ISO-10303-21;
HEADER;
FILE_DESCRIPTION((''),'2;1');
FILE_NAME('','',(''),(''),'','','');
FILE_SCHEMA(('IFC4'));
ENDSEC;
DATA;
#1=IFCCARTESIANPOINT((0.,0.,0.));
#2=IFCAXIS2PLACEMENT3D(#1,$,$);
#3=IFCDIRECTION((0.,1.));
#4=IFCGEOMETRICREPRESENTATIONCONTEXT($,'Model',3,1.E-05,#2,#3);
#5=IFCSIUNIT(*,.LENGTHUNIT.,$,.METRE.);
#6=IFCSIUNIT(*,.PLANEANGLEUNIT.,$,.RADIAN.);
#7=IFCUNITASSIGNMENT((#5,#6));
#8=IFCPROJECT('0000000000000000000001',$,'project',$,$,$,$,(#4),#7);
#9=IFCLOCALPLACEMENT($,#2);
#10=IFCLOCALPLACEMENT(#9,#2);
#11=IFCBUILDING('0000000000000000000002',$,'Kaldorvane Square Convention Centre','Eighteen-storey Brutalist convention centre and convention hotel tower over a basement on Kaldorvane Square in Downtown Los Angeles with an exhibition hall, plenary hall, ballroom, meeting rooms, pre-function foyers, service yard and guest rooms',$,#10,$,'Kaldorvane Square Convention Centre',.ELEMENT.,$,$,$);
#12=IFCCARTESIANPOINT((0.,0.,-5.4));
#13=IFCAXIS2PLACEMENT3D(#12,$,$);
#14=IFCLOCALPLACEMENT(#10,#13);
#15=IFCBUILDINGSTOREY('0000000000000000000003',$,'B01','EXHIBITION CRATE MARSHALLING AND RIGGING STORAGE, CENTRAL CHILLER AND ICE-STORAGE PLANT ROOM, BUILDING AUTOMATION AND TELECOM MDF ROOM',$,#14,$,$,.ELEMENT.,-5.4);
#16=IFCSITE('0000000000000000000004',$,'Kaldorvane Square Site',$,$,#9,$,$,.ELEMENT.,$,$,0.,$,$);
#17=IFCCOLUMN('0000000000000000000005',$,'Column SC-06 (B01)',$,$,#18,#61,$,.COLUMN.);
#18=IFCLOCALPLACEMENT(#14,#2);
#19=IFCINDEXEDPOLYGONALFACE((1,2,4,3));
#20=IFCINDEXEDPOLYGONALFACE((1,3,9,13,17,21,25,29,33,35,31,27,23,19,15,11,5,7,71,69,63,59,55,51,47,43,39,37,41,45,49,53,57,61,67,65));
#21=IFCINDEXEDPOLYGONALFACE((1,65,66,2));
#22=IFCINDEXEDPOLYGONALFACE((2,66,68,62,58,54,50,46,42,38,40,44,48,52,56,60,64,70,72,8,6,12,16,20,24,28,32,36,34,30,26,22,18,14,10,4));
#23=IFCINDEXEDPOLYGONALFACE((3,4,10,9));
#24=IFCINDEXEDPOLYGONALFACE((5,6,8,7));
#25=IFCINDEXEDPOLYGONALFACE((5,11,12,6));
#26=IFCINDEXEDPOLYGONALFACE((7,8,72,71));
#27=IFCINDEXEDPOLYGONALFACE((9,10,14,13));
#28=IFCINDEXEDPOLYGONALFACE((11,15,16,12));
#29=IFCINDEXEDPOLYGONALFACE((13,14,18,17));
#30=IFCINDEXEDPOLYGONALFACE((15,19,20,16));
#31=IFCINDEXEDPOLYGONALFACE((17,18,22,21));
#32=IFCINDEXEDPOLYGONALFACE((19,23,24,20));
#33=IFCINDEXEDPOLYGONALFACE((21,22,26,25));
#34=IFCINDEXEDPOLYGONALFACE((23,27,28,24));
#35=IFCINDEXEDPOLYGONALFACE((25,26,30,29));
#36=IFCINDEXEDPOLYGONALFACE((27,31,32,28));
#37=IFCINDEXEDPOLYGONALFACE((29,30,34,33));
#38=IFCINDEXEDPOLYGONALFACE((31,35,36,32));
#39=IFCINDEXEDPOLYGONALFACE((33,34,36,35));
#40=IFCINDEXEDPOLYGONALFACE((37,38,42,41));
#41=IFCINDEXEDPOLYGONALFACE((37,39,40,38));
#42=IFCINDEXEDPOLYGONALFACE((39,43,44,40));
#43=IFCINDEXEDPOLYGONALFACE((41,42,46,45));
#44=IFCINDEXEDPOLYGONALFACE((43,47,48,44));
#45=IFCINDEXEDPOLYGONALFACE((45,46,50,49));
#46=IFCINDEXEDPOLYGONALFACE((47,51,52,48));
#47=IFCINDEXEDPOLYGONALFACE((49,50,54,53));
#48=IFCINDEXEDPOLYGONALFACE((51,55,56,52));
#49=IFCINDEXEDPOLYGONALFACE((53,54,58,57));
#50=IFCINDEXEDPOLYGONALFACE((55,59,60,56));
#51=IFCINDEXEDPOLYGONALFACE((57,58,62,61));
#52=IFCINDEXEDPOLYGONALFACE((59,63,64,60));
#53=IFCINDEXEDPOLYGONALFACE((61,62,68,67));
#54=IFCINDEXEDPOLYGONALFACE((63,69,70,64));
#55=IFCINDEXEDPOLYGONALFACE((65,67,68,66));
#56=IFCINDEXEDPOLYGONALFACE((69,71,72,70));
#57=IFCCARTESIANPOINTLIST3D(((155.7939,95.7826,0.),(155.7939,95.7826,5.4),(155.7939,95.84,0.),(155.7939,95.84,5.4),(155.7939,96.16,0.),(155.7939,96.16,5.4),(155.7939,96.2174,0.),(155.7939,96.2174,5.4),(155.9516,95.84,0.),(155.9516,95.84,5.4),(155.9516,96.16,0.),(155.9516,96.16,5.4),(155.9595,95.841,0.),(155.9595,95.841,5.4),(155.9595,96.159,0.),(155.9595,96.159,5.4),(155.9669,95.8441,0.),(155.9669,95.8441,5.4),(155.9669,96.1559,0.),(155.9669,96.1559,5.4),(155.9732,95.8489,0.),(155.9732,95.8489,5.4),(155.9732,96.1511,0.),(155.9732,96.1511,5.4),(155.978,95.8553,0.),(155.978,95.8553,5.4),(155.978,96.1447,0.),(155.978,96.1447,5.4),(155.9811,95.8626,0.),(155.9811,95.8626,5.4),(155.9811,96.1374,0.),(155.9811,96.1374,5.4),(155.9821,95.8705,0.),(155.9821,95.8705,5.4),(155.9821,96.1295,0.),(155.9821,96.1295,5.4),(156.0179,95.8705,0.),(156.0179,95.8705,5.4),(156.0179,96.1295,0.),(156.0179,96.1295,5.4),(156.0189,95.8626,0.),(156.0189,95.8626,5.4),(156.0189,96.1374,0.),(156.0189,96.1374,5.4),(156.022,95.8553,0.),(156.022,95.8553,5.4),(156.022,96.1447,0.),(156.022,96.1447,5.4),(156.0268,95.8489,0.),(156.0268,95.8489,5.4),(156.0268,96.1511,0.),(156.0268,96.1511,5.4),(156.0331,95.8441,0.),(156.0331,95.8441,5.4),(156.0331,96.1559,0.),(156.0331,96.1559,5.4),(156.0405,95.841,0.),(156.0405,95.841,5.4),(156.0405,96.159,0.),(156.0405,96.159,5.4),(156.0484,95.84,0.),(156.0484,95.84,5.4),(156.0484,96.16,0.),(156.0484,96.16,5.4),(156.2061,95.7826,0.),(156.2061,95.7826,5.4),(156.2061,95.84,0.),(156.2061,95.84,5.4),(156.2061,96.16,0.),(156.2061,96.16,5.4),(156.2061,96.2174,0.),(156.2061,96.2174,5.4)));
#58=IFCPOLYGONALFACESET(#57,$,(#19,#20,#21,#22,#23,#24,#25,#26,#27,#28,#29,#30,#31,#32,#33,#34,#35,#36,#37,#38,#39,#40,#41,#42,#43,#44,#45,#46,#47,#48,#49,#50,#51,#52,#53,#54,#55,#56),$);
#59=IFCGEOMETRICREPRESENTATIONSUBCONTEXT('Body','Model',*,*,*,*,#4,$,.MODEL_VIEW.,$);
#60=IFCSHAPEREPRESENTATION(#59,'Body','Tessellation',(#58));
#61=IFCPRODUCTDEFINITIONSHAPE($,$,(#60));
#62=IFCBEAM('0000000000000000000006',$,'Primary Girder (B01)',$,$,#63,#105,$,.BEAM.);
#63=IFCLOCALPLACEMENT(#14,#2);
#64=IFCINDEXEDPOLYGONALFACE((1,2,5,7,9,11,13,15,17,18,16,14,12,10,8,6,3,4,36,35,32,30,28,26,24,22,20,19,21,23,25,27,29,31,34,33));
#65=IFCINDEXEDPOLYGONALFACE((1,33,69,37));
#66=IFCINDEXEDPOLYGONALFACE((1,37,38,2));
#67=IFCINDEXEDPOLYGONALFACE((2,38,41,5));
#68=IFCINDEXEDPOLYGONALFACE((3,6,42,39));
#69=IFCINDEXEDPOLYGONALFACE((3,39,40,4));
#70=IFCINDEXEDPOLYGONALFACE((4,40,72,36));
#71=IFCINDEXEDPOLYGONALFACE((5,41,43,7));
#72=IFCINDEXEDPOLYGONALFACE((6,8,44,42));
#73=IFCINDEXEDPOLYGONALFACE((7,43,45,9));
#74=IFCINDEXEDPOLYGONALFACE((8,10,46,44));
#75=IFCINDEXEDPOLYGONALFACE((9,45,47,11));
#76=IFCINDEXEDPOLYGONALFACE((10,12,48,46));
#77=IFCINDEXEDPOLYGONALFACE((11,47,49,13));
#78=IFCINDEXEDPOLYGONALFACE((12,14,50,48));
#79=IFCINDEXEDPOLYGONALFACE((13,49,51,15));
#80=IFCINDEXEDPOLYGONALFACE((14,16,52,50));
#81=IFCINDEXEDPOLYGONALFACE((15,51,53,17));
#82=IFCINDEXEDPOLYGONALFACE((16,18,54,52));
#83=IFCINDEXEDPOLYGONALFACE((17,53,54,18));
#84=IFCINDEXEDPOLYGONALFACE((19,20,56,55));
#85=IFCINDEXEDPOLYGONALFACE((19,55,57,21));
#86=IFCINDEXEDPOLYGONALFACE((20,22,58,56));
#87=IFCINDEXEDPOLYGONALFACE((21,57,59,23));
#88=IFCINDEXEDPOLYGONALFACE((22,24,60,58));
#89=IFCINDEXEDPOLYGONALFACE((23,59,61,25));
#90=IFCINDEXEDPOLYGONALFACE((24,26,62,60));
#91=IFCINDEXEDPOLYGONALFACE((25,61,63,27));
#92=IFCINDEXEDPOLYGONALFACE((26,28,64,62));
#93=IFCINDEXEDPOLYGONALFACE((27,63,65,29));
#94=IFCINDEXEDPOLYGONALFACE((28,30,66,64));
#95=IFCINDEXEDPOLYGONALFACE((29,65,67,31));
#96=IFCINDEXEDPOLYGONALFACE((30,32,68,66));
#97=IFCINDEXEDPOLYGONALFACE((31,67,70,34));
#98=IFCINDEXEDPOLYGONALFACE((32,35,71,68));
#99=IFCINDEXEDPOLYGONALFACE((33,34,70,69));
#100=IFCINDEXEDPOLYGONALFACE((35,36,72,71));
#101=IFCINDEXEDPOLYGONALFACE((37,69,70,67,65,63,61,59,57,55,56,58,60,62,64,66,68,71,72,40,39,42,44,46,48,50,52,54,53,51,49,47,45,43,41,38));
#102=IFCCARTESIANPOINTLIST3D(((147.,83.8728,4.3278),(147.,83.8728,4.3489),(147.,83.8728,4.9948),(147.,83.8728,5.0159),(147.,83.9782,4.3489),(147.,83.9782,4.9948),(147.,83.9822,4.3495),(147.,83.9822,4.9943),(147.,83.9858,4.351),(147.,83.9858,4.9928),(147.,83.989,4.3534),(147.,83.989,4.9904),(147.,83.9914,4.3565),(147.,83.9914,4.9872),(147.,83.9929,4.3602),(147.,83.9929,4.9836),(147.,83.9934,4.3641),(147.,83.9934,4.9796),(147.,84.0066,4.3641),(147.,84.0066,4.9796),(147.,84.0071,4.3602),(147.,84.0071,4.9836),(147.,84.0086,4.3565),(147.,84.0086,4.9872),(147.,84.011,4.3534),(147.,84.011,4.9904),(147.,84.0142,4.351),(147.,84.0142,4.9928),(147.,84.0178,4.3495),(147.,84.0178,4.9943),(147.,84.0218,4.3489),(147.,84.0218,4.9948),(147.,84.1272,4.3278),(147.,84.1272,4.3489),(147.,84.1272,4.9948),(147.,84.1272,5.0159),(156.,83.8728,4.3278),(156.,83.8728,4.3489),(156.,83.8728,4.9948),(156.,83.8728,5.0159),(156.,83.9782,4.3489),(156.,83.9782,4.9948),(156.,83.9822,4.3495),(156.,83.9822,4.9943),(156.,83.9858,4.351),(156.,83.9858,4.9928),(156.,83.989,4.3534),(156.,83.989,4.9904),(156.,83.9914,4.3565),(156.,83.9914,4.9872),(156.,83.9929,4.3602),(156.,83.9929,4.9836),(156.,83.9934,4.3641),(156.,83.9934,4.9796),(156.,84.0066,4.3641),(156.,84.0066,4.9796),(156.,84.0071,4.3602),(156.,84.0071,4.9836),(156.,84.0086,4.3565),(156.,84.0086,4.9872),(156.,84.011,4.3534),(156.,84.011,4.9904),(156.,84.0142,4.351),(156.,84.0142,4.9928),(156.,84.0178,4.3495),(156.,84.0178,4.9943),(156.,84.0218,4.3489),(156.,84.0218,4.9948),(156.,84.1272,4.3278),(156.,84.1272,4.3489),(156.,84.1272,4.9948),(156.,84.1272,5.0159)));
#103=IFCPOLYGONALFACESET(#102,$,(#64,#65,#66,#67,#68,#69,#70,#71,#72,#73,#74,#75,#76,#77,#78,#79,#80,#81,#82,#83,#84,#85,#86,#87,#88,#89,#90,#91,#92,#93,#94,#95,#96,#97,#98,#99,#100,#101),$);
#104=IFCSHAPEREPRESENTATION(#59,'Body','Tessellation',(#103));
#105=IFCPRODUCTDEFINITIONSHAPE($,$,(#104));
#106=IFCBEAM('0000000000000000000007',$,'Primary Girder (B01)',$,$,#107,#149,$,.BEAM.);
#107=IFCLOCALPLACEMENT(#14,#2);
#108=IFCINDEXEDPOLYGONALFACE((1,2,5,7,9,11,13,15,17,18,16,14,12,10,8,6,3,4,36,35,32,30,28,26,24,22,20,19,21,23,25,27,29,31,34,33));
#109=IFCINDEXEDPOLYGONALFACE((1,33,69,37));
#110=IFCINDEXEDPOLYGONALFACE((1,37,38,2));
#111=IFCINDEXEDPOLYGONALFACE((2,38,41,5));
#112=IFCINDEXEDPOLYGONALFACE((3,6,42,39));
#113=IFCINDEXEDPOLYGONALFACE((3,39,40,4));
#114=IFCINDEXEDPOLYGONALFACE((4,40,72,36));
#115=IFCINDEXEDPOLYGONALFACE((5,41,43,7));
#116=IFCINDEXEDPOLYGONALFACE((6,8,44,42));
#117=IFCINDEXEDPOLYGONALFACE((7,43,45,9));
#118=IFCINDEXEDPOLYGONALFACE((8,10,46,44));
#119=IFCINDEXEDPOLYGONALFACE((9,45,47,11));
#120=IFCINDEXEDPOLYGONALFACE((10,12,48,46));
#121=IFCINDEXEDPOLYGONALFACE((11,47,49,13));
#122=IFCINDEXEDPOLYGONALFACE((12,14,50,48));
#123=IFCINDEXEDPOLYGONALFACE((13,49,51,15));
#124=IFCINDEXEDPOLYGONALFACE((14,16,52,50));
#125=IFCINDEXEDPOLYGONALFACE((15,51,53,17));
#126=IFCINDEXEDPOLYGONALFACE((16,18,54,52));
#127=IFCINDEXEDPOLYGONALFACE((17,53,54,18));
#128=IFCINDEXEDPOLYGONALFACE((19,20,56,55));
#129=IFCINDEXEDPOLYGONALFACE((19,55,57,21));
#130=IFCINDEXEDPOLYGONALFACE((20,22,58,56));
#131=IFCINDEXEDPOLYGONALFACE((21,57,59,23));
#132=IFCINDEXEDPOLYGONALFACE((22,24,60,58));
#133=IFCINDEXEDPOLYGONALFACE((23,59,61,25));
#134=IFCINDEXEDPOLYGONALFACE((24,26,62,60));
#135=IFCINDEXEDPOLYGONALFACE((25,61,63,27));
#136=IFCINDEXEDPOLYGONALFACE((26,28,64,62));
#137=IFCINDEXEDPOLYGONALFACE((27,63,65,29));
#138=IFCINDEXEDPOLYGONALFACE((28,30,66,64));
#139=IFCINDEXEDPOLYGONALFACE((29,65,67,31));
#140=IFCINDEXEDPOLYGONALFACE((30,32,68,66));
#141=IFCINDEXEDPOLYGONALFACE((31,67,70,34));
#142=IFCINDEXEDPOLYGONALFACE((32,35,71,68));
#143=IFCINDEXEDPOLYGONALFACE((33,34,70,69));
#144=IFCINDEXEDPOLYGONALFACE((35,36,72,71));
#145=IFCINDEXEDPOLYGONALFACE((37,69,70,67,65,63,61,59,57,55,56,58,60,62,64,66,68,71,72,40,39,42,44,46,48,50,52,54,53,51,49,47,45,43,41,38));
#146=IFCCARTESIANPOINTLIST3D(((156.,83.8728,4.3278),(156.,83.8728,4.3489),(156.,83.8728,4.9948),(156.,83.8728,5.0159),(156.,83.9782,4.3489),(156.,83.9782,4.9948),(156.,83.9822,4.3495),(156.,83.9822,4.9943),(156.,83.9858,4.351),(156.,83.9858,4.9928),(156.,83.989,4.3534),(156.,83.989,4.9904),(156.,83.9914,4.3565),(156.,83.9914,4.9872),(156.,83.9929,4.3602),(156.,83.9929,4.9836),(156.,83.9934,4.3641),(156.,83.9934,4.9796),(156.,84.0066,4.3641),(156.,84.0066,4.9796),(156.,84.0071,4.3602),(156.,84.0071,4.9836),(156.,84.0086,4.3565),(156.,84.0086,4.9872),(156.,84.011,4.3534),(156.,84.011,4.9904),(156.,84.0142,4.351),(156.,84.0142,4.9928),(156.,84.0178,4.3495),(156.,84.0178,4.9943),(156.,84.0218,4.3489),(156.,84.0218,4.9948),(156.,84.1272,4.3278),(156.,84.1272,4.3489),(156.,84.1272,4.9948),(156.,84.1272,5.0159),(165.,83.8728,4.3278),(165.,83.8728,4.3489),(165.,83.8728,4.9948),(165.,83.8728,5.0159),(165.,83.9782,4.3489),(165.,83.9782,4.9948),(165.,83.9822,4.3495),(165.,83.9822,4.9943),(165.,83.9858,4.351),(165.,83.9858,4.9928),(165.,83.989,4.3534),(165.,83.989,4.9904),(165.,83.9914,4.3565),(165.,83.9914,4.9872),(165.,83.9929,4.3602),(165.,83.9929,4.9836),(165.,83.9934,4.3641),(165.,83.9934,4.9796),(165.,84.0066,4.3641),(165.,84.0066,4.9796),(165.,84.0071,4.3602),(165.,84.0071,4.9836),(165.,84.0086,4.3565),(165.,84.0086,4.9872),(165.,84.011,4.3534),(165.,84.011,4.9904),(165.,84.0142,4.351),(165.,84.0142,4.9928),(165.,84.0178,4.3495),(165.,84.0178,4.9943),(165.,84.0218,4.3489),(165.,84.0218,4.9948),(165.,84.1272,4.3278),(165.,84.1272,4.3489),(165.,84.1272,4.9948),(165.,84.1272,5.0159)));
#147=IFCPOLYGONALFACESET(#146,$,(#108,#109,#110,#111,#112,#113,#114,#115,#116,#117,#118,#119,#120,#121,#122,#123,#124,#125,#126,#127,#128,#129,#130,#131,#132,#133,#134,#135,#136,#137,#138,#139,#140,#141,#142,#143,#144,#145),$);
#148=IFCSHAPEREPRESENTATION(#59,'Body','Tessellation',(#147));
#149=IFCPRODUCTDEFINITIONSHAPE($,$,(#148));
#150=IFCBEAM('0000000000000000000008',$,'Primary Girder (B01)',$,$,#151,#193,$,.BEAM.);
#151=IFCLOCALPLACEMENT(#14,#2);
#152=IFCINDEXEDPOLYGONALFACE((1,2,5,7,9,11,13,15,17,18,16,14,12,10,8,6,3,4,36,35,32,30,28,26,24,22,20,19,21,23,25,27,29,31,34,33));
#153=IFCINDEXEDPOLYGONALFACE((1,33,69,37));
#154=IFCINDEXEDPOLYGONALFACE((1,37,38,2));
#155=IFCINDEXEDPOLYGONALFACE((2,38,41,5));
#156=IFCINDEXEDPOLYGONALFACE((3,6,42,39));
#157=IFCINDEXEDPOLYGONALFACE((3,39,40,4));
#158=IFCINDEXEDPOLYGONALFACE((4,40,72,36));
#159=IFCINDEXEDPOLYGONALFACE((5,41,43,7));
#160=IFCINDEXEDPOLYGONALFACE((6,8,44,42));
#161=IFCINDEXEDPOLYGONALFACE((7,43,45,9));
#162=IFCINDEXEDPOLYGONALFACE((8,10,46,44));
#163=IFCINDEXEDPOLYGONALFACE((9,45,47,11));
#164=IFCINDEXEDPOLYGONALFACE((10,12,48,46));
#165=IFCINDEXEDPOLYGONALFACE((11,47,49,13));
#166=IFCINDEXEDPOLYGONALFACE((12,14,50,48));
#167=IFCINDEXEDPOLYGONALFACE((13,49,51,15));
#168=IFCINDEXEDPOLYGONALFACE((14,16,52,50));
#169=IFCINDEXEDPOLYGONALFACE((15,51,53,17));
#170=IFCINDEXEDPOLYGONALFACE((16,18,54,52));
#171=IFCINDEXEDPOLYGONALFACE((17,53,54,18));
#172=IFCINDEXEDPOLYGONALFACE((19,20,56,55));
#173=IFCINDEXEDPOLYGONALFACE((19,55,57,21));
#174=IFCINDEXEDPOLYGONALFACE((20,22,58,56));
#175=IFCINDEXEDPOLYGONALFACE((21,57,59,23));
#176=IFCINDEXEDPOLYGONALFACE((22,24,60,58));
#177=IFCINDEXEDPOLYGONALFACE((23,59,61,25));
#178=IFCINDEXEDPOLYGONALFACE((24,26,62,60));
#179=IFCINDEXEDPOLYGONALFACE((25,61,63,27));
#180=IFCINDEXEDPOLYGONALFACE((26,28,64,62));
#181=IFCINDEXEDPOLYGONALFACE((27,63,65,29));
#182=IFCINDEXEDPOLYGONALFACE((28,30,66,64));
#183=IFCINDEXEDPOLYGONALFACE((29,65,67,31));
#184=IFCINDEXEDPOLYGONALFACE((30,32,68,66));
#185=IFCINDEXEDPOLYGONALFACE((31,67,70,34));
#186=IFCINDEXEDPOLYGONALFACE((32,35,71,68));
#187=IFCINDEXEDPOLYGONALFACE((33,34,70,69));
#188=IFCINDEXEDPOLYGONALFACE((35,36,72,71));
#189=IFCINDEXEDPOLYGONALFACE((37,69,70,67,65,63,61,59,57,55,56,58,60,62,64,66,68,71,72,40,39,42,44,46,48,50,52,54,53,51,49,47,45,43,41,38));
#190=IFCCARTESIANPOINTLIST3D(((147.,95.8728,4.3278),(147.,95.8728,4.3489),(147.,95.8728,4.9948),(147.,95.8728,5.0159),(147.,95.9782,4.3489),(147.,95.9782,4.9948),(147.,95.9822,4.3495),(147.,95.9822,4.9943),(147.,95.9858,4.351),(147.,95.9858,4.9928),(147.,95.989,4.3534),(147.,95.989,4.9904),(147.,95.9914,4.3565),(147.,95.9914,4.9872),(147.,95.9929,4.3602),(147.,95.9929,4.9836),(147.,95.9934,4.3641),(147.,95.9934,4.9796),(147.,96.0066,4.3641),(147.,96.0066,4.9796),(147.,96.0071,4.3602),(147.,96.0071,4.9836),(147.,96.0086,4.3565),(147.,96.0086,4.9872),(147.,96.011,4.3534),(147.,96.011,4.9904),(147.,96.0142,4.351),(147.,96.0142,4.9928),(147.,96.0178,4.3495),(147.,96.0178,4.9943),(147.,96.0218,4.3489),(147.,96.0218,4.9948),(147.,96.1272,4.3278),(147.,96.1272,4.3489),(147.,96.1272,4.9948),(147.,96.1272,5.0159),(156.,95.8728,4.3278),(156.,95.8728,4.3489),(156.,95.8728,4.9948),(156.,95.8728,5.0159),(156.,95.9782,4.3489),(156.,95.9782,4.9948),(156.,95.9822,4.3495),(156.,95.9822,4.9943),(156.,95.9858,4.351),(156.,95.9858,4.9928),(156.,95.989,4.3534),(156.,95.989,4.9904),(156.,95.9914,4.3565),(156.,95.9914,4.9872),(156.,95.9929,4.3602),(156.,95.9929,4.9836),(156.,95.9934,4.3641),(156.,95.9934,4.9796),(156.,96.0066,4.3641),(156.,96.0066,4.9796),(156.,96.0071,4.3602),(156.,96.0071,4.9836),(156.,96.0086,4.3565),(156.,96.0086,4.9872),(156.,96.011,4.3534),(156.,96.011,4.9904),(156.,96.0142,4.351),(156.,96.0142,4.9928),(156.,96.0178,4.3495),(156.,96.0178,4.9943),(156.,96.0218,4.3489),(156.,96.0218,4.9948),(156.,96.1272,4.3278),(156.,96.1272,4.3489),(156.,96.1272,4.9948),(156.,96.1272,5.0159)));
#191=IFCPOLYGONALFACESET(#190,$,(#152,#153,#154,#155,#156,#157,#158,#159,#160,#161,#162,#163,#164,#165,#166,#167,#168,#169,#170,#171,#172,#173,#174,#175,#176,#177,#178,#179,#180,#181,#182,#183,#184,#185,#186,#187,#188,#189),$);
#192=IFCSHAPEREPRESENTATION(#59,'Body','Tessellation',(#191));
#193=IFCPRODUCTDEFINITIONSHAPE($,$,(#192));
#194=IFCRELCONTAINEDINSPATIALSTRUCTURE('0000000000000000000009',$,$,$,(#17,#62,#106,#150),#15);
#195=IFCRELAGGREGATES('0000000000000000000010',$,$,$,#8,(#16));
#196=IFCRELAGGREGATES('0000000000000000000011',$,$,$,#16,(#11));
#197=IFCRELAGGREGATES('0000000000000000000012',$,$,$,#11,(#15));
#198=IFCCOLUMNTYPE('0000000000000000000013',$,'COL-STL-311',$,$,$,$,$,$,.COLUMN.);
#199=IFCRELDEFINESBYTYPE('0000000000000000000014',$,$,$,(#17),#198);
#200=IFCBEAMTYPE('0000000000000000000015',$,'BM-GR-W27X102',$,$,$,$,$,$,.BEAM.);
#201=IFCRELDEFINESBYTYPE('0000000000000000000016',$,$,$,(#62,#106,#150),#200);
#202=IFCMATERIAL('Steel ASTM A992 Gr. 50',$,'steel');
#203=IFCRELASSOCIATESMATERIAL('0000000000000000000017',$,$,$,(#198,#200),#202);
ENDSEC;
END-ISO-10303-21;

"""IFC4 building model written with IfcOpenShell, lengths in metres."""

from ifc_helpers import new_model, si_unit, direction, frame, origin, origin_2d, place, context, subcontext, project, spatial, i_section, extrude, material, material_profile, profile_set, type_object, element, save


model = new_model("IFC4")

# Units and contexts
model_context = context("Model", 3, precision=1e-05, world=origin(), true_north=direction((0.0, 1.0)))
body_context = subcontext(model_context, "Body", "Model", "MODEL_VIEW")
ifc_project = project(units=[si_unit("LENGTHUNIT", "METRE"), si_unit("PLANEANGLEUNIT", "RADIAN")], contexts=[model_context])

# Site, building, storey
site_placement = place(None, origin())
site = spatial("IfcSite", under=ifc_project, at=site_placement, Name="Kaldorvane Square Site", CompositionType="ELEMENT", RefElevation=0.0)
building_placement = place(site_placement, origin())
building = spatial("IfcBuilding", under=site, at=building_placement, Name="Kaldorvane Square Convention Centre", Description="Eighteen-storey Brutalist convention centre and convention hotel tower over a basement on Kaldorvane Square in Downtown Los Angeles with an exhibition hall, plenary hall, ballroom, meeting rooms, pre-function foyers, service yard and guest rooms", LongName="Kaldorvane Square Convention Centre", CompositionType="ELEMENT")
storey_placement = place(building_placement, frame((0.0, 0.0, -5.4)))
storey = spatial("IfcBuildingStorey", under=building, at=storey_placement, Name="B01", Description="EXHIBITION CRATE MARSHALLING AND RIGGING STORAGE, CENTRAL CHILLER AND ICE-STORAGE PLANT ROOM, BUILDING AUTOMATION AND TELECOM MDF ROOM", CompositionType="ELEMENT", Elevation=-5.4)

# Column
ifc_material_1 = material(Name="Steel ASTM A992 Gr. 50", Category="steel")
ifc_material_profile_1 = material_profile(ifc_material_1, i_section(OverallWidth=0.4122, OverallDepth=0.4348, WebThickness=0.0358, FlangeThickness=0.0574, FilletRadius=0.0305, at=origin_2d()), Name="W14X311")
ifc_profile_set_1 = profile_set([ifc_material_profile_1], Name="Steel ASTM A992 Gr. 50")
column_type = type_object("IfcColumnType", Name="COL-STL-311", PredefinedType="COLUMN", material=ifc_profile_set_1)
for number, where, z_axis, x_axis, name in (
    (1, (156.0, 96.0, 0.0), (0.0, 0.0, 1.0), (1.0, 0.0, 0.0), "Column SC-06 (B01)"),
):
    element("IfcColumn", number, at=place(storey_placement, frame(where, z_axis=z_axis, x_axis=x_axis)), inside=storey, type_object=column_type, Name=name, PredefinedType="COLUMN", context=body_context, shape_type="SweptSolid", body=[
        extrude(i_section(OverallWidth=0.4122, OverallDepth=0.4348, WebThickness=0.0358, FlangeThickness=0.0574, FilletRadius=0.0305, at=origin_2d()), origin(), (0.0, 0.0, 1.0), 5.4),
    ])

# Beams
ifc_material_profile_2 = material_profile(ifc_material_1, i_section(OverallWidth=0.2544, OverallDepth=0.6881, WebThickness=0.0131, FlangeThickness=0.0211, FilletRadius=0.0152, at=origin_2d()), Name="W27X102")
ifc_profile_set_2 = profile_set([ifc_material_profile_2], Name="Steel ASTM A992 Gr. 50")
beam_type_1 = type_object("IfcBeamType", Name="BM-GR-W27X102", PredefinedType="BEAM", material=ifc_profile_set_2)
for number, where, z_axis, x_axis, name in (
    (2, (147.0, 84.0, 4.6719), (1.0, 0.0, 0.0), (0.0, 1.0, 0.0), "Primary Girder (B01)"),
    (3, (156.0, 84.0, 4.6719), (1.0, 0.0, 0.0), (0.0, 1.0, 0.0), "Primary Girder (B01)"),
    (4, (147.0, 96.0, 4.6719), (1.0, 0.0, 0.0), (0.0, 1.0, 0.0), "Primary Girder (B01)"),
):
    element("IfcBeam", number, at=place(storey_placement, frame(where, z_axis=z_axis, x_axis=x_axis)), inside=storey, type_object=beam_type_1, Name=name, PredefinedType="BEAM", context=body_context, shape_type="SweptSolid", body=[
        extrude(i_section(OverallWidth=0.2544, OverallDepth=0.6881, WebThickness=0.0131, FlangeThickness=0.0211, FilletRadius=0.0152, at=origin_2d()), origin(), (0.0, 0.0, 1.0), 9.0),
    ])

save(model, "model.ifc")
